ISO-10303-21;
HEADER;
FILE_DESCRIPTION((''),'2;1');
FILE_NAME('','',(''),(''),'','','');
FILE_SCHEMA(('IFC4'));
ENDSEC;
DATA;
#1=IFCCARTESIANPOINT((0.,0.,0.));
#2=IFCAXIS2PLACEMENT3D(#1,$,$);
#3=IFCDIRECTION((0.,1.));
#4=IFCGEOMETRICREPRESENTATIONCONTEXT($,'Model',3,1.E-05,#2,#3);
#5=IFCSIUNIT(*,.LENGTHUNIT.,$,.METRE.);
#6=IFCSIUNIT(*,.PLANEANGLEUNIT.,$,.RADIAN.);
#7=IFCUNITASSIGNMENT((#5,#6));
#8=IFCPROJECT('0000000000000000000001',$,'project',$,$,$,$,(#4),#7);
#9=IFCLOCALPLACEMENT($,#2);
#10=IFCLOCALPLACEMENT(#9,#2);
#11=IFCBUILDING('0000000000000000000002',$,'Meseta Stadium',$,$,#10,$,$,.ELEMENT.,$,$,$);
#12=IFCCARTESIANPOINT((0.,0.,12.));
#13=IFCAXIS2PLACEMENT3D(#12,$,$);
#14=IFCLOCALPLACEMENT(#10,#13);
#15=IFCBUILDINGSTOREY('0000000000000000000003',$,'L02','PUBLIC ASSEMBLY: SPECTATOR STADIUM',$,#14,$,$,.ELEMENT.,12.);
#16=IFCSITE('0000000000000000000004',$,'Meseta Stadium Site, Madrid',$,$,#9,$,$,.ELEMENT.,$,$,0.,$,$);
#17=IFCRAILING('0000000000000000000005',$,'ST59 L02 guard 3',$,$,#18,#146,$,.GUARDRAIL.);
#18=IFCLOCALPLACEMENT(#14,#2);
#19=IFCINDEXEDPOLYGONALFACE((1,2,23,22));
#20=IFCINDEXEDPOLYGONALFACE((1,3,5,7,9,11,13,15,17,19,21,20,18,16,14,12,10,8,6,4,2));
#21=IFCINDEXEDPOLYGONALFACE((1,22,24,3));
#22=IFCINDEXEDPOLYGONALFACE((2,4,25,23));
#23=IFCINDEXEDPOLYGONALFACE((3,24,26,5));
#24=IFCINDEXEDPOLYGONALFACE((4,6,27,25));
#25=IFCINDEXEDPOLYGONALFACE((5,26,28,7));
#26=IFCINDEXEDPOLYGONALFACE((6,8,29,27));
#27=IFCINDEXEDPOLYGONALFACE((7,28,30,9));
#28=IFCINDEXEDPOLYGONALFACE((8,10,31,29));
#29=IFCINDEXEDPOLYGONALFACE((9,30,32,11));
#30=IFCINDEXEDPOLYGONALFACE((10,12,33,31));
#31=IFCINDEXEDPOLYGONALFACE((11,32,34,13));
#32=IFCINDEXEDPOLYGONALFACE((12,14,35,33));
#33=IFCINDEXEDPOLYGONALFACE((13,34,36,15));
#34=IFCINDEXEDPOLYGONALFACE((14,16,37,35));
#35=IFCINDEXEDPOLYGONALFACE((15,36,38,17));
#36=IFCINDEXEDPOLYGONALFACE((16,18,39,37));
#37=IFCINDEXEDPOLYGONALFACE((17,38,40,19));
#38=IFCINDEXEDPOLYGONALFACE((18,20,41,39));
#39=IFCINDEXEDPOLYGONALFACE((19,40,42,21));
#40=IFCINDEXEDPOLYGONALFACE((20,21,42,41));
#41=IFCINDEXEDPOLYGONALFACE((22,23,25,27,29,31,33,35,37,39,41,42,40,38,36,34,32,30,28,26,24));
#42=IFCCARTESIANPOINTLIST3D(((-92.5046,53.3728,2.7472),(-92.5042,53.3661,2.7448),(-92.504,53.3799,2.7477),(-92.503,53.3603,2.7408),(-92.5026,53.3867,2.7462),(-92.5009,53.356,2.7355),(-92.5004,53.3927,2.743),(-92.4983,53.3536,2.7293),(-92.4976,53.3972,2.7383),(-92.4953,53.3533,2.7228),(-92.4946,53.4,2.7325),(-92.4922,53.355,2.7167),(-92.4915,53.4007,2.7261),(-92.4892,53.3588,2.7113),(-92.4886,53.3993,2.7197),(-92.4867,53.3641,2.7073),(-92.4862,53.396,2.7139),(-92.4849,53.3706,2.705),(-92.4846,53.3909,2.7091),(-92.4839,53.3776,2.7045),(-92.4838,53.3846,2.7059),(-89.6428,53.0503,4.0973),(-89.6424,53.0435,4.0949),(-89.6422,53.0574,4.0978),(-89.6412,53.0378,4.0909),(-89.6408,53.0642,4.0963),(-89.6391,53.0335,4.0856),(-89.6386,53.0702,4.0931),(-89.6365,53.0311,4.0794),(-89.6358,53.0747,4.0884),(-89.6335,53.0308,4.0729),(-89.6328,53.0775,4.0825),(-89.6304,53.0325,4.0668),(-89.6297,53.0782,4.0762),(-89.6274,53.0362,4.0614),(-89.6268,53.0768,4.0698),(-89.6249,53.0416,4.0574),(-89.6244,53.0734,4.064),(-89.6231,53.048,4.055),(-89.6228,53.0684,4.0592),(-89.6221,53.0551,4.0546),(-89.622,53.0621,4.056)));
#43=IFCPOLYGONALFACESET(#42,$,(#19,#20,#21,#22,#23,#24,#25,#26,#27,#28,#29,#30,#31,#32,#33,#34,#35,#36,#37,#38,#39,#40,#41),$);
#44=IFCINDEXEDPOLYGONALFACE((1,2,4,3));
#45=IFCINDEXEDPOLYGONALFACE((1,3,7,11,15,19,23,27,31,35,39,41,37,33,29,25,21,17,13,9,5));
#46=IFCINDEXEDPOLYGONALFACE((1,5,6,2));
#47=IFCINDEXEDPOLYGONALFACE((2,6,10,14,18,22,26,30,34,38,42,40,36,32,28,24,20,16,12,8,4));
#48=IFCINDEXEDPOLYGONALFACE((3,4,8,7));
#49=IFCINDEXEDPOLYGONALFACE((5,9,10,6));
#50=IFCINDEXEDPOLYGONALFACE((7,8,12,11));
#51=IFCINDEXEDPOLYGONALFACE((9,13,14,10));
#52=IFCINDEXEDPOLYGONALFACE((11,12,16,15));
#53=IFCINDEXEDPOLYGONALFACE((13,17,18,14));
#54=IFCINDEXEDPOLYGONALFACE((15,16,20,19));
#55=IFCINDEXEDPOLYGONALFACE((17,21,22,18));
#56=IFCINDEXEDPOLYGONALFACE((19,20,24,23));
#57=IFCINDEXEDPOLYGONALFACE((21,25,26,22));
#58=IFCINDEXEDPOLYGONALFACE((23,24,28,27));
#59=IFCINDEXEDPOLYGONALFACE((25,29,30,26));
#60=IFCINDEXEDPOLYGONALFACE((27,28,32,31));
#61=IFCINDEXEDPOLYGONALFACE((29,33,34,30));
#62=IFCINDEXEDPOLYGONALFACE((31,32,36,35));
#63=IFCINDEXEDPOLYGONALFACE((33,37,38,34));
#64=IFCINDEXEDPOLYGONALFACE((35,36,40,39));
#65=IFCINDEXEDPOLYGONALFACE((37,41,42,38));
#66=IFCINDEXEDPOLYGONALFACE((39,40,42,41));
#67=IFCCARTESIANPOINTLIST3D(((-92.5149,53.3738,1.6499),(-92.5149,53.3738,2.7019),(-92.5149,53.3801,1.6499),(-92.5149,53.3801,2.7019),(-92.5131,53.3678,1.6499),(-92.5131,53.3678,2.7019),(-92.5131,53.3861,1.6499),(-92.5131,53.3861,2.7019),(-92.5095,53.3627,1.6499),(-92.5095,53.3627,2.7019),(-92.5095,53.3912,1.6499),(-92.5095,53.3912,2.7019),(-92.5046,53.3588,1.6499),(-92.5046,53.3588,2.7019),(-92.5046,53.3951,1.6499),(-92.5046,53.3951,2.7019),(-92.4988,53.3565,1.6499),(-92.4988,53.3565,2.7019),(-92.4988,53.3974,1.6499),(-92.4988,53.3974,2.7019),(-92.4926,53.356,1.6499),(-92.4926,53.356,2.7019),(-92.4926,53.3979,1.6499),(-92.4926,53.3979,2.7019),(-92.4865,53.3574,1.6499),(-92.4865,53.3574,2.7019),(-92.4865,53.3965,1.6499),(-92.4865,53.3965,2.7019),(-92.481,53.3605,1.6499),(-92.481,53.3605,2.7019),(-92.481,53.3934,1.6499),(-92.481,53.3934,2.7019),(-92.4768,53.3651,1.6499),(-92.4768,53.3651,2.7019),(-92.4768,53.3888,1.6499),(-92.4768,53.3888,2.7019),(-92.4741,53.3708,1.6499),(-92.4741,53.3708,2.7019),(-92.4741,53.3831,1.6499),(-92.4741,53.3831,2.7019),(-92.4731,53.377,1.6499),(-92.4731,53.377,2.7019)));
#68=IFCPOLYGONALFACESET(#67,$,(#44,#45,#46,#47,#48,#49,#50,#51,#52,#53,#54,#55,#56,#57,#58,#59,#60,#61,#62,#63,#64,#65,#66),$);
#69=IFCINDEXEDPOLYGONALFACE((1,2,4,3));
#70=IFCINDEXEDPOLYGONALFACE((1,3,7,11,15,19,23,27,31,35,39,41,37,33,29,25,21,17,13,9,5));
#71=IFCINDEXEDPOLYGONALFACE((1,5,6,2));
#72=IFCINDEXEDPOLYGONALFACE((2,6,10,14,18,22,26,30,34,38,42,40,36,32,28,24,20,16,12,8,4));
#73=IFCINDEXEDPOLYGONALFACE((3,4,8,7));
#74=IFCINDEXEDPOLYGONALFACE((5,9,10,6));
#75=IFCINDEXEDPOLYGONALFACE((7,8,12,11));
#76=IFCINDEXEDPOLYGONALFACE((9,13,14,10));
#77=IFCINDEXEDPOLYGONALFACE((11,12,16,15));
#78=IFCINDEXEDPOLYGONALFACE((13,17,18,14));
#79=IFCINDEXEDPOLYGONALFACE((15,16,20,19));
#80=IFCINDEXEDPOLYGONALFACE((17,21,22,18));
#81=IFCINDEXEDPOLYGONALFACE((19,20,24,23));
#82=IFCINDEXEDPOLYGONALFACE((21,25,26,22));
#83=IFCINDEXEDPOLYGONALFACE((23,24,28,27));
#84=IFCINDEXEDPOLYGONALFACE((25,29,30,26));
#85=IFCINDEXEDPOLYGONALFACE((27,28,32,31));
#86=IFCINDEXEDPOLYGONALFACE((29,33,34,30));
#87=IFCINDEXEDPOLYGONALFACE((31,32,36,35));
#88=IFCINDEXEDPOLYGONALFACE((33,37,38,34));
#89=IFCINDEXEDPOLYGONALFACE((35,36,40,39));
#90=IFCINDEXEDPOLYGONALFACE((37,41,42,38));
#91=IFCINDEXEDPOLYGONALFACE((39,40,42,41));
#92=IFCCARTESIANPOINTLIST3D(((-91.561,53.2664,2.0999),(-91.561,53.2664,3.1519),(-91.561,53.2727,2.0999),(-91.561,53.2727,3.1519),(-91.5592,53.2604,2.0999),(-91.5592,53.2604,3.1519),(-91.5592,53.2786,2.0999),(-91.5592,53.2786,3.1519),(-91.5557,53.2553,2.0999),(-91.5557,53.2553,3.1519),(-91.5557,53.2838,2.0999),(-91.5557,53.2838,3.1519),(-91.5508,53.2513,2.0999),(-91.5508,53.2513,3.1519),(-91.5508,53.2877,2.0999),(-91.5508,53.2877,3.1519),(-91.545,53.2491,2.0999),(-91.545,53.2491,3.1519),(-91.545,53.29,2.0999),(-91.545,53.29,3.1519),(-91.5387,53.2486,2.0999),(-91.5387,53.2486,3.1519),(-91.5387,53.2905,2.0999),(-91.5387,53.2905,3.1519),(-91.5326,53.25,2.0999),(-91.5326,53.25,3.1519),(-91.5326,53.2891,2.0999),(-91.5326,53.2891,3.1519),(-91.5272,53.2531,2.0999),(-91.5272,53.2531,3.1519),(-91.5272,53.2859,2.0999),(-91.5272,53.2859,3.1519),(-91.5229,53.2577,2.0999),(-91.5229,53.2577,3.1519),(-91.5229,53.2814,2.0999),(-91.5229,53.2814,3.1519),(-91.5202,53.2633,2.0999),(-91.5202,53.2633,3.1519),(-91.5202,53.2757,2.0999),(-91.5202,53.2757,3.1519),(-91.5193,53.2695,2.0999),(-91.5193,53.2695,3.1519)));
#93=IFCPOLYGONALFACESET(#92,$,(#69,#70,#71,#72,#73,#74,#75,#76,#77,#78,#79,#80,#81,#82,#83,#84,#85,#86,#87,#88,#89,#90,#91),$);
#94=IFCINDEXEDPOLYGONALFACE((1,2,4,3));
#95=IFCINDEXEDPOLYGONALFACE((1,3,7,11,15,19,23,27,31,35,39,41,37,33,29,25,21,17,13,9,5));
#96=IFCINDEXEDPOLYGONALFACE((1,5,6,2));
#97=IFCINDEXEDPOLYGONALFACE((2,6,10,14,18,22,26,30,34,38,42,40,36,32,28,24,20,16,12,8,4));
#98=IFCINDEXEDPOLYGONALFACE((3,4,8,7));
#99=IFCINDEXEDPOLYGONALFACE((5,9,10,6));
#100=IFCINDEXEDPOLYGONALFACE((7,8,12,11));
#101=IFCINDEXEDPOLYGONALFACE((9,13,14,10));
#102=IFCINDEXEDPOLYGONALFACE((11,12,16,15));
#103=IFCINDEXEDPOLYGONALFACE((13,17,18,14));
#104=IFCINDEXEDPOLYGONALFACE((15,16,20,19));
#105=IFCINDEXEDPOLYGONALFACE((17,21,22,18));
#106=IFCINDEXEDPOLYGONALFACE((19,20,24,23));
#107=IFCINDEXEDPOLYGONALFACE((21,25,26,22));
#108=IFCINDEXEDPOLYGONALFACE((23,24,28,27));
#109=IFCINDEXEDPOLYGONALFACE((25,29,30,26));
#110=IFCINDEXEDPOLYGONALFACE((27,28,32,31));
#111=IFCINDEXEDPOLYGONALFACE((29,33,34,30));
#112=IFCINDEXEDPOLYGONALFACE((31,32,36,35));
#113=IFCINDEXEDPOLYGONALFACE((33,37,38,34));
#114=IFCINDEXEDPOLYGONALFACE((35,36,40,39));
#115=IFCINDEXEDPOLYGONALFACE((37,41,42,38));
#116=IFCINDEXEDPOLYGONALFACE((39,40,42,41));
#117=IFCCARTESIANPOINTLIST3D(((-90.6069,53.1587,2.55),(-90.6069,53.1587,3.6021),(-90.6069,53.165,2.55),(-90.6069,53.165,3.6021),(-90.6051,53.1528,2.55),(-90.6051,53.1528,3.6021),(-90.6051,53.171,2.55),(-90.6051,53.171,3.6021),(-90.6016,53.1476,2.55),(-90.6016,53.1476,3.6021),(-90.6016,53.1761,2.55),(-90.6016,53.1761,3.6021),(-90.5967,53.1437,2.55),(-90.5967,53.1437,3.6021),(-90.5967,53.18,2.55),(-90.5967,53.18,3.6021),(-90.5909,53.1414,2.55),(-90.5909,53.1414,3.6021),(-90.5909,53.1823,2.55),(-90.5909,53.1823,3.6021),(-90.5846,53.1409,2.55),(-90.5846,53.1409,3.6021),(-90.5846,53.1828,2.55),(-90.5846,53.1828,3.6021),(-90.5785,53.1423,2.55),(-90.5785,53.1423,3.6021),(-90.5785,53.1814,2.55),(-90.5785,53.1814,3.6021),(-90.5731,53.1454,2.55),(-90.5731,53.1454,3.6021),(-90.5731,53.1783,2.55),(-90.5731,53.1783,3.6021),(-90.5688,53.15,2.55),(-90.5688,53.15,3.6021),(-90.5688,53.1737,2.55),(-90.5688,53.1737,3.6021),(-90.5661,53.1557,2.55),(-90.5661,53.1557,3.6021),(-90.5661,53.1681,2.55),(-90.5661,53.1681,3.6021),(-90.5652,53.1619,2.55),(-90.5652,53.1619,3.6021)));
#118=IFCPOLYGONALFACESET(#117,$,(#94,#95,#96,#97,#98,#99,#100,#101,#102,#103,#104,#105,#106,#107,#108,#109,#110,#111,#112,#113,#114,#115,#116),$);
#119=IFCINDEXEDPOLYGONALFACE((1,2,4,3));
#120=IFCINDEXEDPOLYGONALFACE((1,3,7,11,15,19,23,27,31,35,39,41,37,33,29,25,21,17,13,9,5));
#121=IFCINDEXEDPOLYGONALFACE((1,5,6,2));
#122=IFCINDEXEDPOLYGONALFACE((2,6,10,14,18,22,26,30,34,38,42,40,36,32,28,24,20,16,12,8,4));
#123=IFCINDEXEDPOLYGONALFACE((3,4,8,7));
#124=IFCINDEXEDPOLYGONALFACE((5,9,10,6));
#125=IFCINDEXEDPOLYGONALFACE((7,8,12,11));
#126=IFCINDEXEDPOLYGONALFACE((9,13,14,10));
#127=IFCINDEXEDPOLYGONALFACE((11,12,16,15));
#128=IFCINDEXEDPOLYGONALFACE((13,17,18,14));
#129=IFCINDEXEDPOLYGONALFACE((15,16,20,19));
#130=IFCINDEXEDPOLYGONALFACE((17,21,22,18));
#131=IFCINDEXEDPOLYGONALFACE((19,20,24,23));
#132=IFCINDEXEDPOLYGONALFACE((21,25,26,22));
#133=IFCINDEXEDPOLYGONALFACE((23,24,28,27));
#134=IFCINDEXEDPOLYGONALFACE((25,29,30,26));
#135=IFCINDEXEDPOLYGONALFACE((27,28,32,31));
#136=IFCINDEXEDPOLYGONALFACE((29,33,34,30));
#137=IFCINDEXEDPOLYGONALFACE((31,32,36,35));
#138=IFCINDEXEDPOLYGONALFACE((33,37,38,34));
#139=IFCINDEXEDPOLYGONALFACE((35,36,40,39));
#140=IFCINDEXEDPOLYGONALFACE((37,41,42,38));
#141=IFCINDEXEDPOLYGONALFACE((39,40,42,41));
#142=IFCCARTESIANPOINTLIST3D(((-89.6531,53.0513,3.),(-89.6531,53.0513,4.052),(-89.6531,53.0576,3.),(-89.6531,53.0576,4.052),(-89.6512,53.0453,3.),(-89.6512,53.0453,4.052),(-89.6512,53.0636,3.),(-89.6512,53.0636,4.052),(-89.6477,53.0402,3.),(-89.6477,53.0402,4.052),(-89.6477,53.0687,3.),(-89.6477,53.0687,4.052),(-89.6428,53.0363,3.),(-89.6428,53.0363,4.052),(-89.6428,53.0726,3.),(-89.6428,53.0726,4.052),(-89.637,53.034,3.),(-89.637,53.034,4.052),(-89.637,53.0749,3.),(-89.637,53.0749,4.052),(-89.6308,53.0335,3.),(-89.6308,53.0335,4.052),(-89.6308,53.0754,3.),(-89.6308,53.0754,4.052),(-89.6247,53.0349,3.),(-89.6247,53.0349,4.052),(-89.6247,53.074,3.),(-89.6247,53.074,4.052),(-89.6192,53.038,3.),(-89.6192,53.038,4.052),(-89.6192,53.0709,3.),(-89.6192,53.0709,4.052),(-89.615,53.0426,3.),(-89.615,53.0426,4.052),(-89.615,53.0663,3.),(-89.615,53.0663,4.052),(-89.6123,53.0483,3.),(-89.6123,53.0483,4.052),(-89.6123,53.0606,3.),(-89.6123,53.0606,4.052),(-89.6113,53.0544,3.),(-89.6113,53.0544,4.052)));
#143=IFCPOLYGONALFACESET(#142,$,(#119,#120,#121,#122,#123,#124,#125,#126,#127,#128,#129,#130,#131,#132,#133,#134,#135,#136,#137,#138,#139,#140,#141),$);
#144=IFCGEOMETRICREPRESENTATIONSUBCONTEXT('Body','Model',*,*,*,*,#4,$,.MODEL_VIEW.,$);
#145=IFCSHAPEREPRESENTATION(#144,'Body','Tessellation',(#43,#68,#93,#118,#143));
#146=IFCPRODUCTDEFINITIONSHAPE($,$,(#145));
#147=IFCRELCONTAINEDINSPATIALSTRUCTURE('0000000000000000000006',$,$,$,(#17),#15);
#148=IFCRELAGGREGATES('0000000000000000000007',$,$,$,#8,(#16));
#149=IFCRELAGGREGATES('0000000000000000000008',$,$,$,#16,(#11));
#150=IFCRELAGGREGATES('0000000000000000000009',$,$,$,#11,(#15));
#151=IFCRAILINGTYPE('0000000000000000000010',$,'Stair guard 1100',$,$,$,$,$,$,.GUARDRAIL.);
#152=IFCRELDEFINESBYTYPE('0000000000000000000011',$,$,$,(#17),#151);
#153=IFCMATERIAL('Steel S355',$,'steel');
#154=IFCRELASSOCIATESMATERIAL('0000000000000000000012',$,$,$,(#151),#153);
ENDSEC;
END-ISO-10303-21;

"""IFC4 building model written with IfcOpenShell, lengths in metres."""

from ifc_helpers import new_model, si_unit, direction, frame, origin, origin_2d, place, context, subcontext, project, spatial, circle, extrude, material, type_object, element, save


model = new_model("IFC4")

# Units and contexts
model_context = context("Model", 3, precision=1e-05, world=origin(), true_north=direction((0.0, 1.0)))
body_context = subcontext(model_context, "Body", "Model", "MODEL_VIEW")
ifc_project = project(units=[si_unit("LENGTHUNIT", "METRE"), si_unit("PLANEANGLEUNIT", "RADIAN")], contexts=[model_context])

# Site, building, storey
site_placement = place(None, origin())
site = spatial("IfcSite", under=ifc_project, at=site_placement, Name="Meseta Stadium Site, Madrid", CompositionType="ELEMENT", RefElevation=0.0)
building_placement = place(site_placement, origin())
building = spatial("IfcBuilding", under=site, at=building_placement, Name="Meseta Stadium", CompositionType="ELEMENT")
storey_placement = place(building_placement, frame((0.0, 0.0, 12.0)))
storey = spatial("IfcBuildingStorey", under=building, at=storey_placement, Name="L02", Description="PUBLIC ASSEMBLY: SPECTATOR STADIUM", CompositionType="ELEMENT", Elevation=12.0)

# Railing
ifc_material_1 = material(Name="Steel S355", Category="steel")
railing_type_1 = type_object("IfcRailingType", Name="Stair guard 1100", PredefinedType="GUARDRAIL", material=ifc_material_1)
railing_1_placement = place(storey_placement, frame((-92.4941, 53.377, 1.6499)))
element("IfcRailing", 1, at=railing_1_placement, inside=storey, type_object=railing_type_1, Name="ST59 L02 guard 3", PredefinedType="GUARDRAIL", context=body_context, shape_type="SweptSolid", body=[
    extrude(circle(Radius=0.0239, at=origin_2d()), frame((0.0, 0.0, 1.0762), z_axis=(0.899748, -0.101396, 0.424467), x_axis=(0.111985, 0.99371, 0.0)), (0.0, 0.0, 1.0), 3.1807),
    extrude(circle(Radius=0.021, at=origin_2d()), origin(), (0.0, 0.0, 1.0), 1.052),
    extrude(circle(Radius=0.021, at=origin_2d()), frame((0.9539, -0.1074, 0.45)), (0.0, 0.0, 1.0), 1.052),
    extrude(circle(Radius=0.021, at=origin_2d()), frame((1.908, -0.2151, 0.9001)), (0.0, 0.0, 1.0), 1.052),
    extrude(circle(Radius=0.021, at=origin_2d()), frame((2.8618, -0.3225, 1.3501)), (0.0, 0.0, 1.0), 1.052),
])

save(model, "model.ifc")
